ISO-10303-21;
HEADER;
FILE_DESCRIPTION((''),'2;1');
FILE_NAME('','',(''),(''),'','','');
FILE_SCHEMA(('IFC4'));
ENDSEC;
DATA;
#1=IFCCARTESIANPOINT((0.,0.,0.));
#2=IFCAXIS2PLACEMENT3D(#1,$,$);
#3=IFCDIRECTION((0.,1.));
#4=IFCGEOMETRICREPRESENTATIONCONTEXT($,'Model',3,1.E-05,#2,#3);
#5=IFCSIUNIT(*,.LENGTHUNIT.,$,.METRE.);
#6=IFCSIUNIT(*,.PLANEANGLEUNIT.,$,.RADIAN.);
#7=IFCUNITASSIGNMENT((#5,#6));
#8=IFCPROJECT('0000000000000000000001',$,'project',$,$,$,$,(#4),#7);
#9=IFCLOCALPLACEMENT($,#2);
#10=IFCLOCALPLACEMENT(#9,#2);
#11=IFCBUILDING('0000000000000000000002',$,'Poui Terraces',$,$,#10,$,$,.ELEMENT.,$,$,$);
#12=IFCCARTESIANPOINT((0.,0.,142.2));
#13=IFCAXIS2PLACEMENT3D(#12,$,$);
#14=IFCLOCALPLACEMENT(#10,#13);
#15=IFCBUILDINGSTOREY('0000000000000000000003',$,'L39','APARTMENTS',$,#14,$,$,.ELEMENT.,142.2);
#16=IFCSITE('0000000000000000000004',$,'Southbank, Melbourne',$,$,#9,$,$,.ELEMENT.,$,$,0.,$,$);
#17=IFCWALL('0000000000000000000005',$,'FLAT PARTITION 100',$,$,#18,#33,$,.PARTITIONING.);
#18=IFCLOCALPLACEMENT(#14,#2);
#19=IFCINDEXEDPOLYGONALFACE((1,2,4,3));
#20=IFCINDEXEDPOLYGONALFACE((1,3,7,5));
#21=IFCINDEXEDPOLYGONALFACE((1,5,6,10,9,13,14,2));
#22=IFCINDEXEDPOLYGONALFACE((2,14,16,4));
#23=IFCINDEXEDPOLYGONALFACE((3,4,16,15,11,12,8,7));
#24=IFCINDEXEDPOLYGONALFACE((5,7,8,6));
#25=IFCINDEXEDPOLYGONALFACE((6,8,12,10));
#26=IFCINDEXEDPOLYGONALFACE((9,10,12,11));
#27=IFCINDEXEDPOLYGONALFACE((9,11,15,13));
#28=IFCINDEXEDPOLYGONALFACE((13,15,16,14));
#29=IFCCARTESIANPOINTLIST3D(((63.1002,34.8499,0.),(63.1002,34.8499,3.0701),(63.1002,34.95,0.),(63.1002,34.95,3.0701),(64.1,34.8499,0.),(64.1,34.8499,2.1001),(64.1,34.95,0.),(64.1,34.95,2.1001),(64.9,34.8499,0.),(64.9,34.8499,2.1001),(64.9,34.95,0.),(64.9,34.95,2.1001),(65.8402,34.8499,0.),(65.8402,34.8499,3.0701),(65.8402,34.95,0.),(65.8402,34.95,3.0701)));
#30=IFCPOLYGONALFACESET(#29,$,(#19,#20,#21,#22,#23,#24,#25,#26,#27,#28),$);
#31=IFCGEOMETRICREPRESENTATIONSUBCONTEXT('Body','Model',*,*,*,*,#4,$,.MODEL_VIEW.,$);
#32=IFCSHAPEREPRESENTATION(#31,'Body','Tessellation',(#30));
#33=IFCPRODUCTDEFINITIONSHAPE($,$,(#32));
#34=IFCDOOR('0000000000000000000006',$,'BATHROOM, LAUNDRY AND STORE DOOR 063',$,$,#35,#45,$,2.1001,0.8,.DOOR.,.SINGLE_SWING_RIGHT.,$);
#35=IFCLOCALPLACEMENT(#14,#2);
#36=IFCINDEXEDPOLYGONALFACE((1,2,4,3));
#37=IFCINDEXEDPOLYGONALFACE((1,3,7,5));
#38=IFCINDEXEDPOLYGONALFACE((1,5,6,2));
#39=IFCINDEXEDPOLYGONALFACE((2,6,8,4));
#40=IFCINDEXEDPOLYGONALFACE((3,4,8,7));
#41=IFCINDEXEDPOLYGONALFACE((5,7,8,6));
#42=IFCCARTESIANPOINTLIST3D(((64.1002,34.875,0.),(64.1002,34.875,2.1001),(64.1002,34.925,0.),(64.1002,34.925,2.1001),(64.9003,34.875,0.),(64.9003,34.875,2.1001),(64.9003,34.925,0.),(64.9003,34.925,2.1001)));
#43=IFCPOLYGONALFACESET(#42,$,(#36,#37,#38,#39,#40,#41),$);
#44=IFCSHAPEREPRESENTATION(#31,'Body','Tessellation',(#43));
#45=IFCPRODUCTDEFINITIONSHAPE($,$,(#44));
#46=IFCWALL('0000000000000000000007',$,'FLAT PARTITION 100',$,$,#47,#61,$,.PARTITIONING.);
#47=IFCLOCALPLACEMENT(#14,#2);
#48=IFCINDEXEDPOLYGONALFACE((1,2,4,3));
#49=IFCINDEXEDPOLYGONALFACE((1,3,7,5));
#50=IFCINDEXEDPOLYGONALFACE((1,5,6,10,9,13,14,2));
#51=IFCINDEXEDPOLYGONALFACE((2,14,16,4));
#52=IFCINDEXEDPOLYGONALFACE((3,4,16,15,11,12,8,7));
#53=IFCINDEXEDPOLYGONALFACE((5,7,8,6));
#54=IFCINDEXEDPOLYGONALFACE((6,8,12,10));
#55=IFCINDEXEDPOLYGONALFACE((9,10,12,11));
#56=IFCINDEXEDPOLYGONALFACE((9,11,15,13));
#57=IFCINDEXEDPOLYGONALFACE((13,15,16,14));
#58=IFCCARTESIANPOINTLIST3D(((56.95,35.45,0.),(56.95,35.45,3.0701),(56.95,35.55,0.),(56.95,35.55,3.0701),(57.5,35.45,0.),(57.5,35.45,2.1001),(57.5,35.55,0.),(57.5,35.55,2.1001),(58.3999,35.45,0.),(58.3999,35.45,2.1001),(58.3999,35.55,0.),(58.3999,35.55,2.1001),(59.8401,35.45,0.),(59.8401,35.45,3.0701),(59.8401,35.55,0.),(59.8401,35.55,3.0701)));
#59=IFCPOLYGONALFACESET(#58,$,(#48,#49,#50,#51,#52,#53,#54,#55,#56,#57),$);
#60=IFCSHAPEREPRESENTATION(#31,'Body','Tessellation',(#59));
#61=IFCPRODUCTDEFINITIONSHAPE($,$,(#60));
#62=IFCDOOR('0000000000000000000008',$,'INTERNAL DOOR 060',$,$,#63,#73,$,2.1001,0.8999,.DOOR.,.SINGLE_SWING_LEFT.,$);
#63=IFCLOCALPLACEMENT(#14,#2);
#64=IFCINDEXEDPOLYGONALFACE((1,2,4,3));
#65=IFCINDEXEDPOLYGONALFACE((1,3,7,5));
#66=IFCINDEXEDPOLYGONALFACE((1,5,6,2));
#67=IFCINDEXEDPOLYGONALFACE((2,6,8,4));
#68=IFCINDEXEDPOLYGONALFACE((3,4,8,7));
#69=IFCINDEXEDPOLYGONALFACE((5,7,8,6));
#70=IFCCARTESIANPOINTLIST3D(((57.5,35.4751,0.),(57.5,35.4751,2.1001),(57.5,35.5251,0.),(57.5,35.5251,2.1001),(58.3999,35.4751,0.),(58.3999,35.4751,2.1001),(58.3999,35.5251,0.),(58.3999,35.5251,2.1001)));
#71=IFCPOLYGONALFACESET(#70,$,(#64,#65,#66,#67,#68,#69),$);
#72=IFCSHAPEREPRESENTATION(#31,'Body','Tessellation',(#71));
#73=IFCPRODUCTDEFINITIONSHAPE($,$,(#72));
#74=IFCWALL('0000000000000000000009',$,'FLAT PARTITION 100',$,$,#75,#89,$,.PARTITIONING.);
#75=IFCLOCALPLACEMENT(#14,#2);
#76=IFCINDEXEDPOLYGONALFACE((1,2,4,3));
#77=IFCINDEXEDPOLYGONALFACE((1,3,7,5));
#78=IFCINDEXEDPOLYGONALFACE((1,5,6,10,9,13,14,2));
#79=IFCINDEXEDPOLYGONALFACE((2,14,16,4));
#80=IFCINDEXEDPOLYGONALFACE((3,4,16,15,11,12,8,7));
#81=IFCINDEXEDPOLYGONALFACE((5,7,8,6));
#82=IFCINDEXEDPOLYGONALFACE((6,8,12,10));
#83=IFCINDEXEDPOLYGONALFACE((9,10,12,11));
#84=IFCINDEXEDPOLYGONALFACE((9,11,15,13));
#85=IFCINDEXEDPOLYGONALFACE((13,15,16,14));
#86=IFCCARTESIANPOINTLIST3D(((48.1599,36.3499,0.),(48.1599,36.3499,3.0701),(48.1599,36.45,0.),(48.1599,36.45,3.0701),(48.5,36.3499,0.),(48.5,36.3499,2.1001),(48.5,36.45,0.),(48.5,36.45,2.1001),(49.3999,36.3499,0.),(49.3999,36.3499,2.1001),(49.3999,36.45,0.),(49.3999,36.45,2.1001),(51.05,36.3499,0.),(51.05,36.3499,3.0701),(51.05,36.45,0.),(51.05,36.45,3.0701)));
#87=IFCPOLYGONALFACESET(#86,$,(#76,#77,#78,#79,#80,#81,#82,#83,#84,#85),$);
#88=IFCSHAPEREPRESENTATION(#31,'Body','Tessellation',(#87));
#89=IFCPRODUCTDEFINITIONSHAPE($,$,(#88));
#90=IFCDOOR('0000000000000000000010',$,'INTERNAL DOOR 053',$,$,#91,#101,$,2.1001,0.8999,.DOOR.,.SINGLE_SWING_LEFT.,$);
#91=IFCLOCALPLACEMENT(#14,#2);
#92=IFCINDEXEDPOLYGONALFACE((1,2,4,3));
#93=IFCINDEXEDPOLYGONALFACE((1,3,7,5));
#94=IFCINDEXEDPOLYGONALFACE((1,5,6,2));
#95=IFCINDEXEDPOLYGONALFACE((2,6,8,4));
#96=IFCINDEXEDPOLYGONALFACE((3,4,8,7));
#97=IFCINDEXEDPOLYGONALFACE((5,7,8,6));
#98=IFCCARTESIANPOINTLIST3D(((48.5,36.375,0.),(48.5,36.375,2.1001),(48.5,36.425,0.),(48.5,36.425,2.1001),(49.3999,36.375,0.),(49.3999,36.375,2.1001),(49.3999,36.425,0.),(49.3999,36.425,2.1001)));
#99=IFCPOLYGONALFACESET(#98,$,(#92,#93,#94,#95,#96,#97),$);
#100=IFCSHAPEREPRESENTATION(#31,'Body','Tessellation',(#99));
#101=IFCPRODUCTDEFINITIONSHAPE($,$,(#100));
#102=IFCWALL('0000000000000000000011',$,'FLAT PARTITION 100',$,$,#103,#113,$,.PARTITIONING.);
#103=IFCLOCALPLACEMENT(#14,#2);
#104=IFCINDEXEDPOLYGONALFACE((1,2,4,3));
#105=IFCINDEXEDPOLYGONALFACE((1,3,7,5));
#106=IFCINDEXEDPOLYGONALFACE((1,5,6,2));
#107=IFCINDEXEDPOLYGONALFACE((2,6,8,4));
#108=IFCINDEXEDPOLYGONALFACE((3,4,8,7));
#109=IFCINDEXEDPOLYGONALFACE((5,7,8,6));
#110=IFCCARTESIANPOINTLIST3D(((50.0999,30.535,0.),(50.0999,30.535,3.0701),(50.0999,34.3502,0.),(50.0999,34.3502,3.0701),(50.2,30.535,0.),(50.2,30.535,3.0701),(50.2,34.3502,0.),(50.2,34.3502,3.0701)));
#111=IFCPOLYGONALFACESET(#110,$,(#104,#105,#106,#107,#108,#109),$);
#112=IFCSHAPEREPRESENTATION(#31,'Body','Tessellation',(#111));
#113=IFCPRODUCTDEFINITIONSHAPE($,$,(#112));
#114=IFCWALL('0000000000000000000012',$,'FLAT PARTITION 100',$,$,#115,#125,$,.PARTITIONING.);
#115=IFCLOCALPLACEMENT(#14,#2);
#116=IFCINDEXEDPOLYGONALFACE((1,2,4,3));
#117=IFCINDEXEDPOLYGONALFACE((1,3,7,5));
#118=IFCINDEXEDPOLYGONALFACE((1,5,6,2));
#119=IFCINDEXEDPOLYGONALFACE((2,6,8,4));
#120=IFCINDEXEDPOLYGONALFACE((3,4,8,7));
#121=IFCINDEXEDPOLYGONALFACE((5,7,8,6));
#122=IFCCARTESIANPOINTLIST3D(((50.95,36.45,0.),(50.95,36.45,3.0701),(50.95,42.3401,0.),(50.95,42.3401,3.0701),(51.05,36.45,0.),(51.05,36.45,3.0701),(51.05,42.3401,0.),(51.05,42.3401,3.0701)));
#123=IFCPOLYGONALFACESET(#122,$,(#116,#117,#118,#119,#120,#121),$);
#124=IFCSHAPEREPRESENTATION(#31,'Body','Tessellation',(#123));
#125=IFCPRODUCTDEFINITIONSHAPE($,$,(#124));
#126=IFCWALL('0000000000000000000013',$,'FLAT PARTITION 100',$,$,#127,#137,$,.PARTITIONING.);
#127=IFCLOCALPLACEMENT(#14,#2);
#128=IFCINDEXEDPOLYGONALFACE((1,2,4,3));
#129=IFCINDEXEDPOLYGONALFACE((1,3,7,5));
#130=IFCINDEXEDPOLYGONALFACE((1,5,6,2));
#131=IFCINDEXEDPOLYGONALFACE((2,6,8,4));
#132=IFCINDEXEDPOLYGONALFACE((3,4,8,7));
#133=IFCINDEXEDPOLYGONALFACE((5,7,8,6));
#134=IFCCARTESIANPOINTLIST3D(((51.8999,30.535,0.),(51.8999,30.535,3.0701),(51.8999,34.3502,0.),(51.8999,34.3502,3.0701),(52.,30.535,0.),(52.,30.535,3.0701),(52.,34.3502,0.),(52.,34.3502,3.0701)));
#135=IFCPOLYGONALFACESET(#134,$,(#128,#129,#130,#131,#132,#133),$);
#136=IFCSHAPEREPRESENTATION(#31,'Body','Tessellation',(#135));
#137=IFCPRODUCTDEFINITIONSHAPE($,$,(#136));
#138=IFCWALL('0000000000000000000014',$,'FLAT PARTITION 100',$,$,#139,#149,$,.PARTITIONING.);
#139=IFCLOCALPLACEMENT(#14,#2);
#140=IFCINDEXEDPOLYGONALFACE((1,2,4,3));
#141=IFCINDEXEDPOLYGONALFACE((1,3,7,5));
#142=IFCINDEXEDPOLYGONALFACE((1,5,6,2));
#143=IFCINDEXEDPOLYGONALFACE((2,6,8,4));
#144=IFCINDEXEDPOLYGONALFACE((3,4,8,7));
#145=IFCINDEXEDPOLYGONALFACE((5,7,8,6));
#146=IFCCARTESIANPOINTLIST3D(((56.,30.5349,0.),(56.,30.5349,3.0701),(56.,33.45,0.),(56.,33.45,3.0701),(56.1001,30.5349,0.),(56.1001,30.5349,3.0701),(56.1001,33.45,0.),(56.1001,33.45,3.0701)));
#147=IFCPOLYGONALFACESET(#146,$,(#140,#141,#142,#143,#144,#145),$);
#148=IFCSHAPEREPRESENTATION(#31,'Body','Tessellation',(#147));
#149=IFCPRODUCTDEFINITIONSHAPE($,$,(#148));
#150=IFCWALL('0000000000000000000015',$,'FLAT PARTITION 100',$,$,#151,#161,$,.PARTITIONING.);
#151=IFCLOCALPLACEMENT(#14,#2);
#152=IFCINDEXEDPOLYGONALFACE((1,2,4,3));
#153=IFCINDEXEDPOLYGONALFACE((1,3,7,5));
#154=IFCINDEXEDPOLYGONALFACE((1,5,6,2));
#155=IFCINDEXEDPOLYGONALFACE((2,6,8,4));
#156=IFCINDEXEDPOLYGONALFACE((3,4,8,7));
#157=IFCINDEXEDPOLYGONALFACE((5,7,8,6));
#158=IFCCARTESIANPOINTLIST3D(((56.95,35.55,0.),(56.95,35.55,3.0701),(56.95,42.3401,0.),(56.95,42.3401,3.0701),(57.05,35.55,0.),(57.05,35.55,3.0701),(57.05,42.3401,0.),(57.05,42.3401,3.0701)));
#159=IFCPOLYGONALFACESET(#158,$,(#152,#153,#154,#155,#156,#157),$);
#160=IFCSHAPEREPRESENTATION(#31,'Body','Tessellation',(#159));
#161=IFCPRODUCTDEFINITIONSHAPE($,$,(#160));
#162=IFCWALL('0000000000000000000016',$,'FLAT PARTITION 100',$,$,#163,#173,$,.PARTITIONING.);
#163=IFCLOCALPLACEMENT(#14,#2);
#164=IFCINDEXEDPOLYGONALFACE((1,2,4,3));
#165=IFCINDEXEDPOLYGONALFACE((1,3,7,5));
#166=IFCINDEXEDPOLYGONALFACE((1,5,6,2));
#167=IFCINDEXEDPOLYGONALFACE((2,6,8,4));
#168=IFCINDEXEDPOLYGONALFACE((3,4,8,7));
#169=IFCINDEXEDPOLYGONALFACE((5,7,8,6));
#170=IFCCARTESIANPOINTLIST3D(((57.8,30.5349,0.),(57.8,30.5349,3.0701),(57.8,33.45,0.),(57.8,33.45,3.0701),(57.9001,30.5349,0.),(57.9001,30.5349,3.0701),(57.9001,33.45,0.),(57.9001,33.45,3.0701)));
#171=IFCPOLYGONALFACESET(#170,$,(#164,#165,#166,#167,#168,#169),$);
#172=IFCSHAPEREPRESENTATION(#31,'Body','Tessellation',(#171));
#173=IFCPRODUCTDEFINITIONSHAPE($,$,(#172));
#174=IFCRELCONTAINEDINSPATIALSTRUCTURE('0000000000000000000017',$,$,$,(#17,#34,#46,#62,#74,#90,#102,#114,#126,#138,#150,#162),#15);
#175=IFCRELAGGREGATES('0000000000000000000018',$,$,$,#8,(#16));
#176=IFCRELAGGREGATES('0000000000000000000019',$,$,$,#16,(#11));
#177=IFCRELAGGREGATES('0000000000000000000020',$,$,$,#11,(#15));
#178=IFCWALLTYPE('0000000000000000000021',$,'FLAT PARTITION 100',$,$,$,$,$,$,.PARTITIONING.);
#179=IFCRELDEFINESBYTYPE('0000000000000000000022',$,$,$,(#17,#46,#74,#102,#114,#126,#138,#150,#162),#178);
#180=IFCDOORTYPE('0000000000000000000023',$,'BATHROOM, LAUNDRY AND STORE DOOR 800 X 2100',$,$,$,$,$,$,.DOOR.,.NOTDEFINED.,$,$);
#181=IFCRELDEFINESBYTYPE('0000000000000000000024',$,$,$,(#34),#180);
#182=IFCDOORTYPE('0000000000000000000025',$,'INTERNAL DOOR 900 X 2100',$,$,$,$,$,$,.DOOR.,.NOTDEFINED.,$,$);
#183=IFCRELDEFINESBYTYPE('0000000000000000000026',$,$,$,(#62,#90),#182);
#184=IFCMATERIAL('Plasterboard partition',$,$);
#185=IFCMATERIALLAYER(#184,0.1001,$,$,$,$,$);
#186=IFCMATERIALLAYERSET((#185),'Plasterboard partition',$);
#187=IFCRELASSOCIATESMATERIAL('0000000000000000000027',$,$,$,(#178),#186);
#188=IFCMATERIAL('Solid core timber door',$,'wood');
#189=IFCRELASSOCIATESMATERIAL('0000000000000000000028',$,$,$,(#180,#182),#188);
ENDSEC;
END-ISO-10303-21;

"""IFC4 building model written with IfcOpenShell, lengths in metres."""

from ifc_helpers import new_model, si_unit, direction, frame, frame_2d, origin, place, context, subcontext, project, spatial, rectangle, extrude, material, layer, layer_set, type_object, element, fill, save


model = new_model("IFC4")

# Units and contexts
model_context = context("Model", 3, precision=1e-05, world=origin(), true_north=direction((0.0, 1.0)))
body_context = subcontext(model_context, "Body", "Model", "MODEL_VIEW")
ifc_project = project(units=[si_unit("LENGTHUNIT", "METRE"), si_unit("PLANEANGLEUNIT", "RADIAN")], contexts=[model_context])

# Site, building, storey
site_placement = place(None, origin())
site = spatial("IfcSite", under=ifc_project, at=site_placement, Name="Southbank, Melbourne", CompositionType="ELEMENT", RefElevation=0.0)
building_placement = place(site_placement, origin())
building = spatial("IfcBuilding", under=site, at=building_placement, Name="Poui Terraces", CompositionType="ELEMENT")
storey_placement = place(building_placement, frame((0.0, 0.0, 142.2)))
storey = spatial("IfcBuildingStorey", under=building, at=storey_placement, Name="L39", Description="APARTMENTS", CompositionType="ELEMENT", Elevation=142.2)

# Walls, openings, doors
ifc_material_1 = material(Name="Plasterboard partition")
ifc_layer_1 = layer(ifc_material_1, 0.1001)
ifc_layer_set_1 = layer_set([ifc_layer_1], Name="Plasterboard partition")
wall_type_1 = type_object("IfcWallType", Name="FLAT PARTITION 100", PredefinedType="PARTITIONING", material=ifc_layer_set_1)
ifc_material_2 = material(Name="Solid core timber door", Category="wood")
door_type_1 = type_object("IfcDoorType", Name="BATHROOM, LAUNDRY AND STORE DOOR 800 X 2100", OperationType="NOTDEFINED", PredefinedType="DOOR", material=ifc_material_2)
door_type_2 = type_object("IfcDoorType", Name="INTERNAL DOOR 900 X 2100", OperationType="NOTDEFINED", PredefinedType="DOOR", material=ifc_material_2)
wall_1_placement = place(storey_placement, frame((63.1001, 34.8999, 0.0), z_axis=(0.0, 0.0, 1.0), x_axis=(1.0, 0.0, 0.0)))
wall_1 = element("IfcWall", 1, at=wall_1_placement, inside=storey, type_object=wall_type_1, Name="FLAT PARTITION 100", PredefinedType="PARTITIONING", context=body_context, shape_type="SweptSolid", body=[
    extrude(rectangle(XDim=2.74, YDim=0.1001, at=frame_2d((1.3701, 0.0))), origin(), (0.0, 0.0, 1.0), 3.0701),
])
opening_1_placement = place(wall_1_placement, frame((1.0, 0.0, 0.0)))
opening_1 = element("IfcOpeningElement", 2, at=opening_1_placement, cuts=wall_1, PredefinedType="OPENING", context=body_context, shape_type="SweptSolid", body=[
    extrude(rectangle(XDim=0.8, YDim=2.1001, at=frame_2d((0.3999, 1.05))), frame((0.0, 0.0601, 0.0), z_axis=(0.0, -1.0, 0.0), x_axis=(1.0, 0.0, 0.0)), (0.0, 0.0, 1.0), 0.1201),
])
door_1_placement = place(opening_1_placement, frame((0.8, 0.0, 0.0), z_axis=(0.0, 0.0, 1.0), x_axis=(-1.0, 0.0, 0.0)))
door_1 = element("IfcDoor", 3, at=door_1_placement, inside=storey, type_object=door_type_1, Name="BATHROOM, LAUNDRY AND STORE DOOR 063", OperationType="SINGLE_SWING_RIGHT", OverallHeight=2.1001, OverallWidth=0.8, PredefinedType="DOOR", context=body_context, shape_type="SweptSolid", body=[
    extrude(rectangle(XDim=0.8, YDim=2.1001, at=frame_2d((0.3999, 1.05))), frame((0.0, 0.0249, 0.0), z_axis=(0.0, -1.0, 0.0), x_axis=(1.0, 0.0, 0.0)), (0.0, 0.0, 1.0), 0.05),
])
fill(opening_1, door_1)
wall_2_placement = place(storey_placement, frame((56.95, 35.5, 0.0), z_axis=(0.0, 0.0, 1.0), x_axis=(1.0, 0.0, 0.0)))
wall_2 = element("IfcWall", 4, at=wall_2_placement, inside=storey, type_object=wall_type_1, Name="FLAT PARTITION 100", PredefinedType="PARTITIONING", context=body_context, shape_type="SweptSolid", body=[
    extrude(rectangle(XDim=2.8901, YDim=0.1001, at=frame_2d((1.4451, 0.0))), origin(), (0.0, 0.0, 1.0), 3.0701),
])
opening_2_placement = place(wall_2_placement, frame((0.55, 0.0, 0.0)))
opening_2 = element("IfcOpeningElement", 5, at=opening_2_placement, cuts=wall_2, PredefinedType="OPENING", context=body_context, shape_type="SweptSolid", body=[
    extrude(rectangle(XDim=0.8999, YDim=2.1001, at=frame_2d((0.45, 1.05))), frame((0.0, 0.0601, 0.0), z_axis=(0.0, -1.0, 0.0), x_axis=(1.0, 0.0, 0.0)), (0.0, 0.0, 1.0), 0.1201),
])
door_2_placement = place(opening_2_placement, frame((0.8999, 0.0, 0.0), z_axis=(0.0, 0.0, 1.0), x_axis=(-1.0, 0.0, 0.0)))
door_2 = element("IfcDoor", 6, at=door_2_placement, inside=storey, type_object=door_type_2, Name="INTERNAL DOOR 060", OperationType="SINGLE_SWING_LEFT", OverallHeight=2.1001, OverallWidth=0.8999, PredefinedType="DOOR", context=body_context, shape_type="SweptSolid", body=[
    extrude(rectangle(XDim=0.8999, YDim=2.1001, at=frame_2d((0.45, 1.05))), frame((0.0, 0.0249, 0.0), z_axis=(0.0, -1.0, 0.0), x_axis=(1.0, 0.0, 0.0)), (0.0, 0.0, 1.0), 0.05),
])
fill(opening_2, door_2)
wall_3_placement = place(storey_placement, frame((48.1599, 36.3999, 0.0), z_axis=(0.0, 0.0, 1.0), x_axis=(1.0, 0.0, 0.0)))
wall_3 = element("IfcWall", 7, at=wall_3_placement, inside=storey, type_object=wall_type_1, Name="FLAT PARTITION 100", PredefinedType="PARTITIONING", context=body_context, shape_type="SweptSolid", body=[
    extrude(rectangle(XDim=2.8901, YDim=0.1001, at=frame_2d((1.4451, 0.0))), origin(), (0.0, 0.0, 1.0), 3.0701),
])
opening_3_placement = place(wall_3_placement, frame((0.3401, 0.0, 0.0)))
opening_3 = element("IfcOpeningElement", 8, at=opening_3_placement, cuts=wall_3, PredefinedType="OPENING", context=body_context, shape_type="SweptSolid", body=[
    extrude(rectangle(XDim=0.8999, YDim=2.1001, at=frame_2d((0.45, 1.05))), frame((0.0, 0.0601, 0.0), z_axis=(0.0, -1.0, 0.0), x_axis=(1.0, 0.0, 0.0)), (0.0, 0.0, 1.0), 0.1201),
])
door_3_placement = place(opening_3_placement, frame((0.8999, 0.0, 0.0), z_axis=(0.0, 0.0, 1.0), x_axis=(-1.0, 0.0, 0.0)))
door_3 = element("IfcDoor", 9, at=door_3_placement, inside=storey, type_object=door_type_2, Name="INTERNAL DOOR 053", OperationType="SINGLE_SWING_LEFT", OverallHeight=2.1001, OverallWidth=0.8999, PredefinedType="DOOR", context=body_context, shape_type="SweptSolid", body=[
    extrude(rectangle(XDim=0.8999, YDim=2.1001, at=frame_2d((0.45, 1.05))), frame((0.0, 0.0249, 0.0), z_axis=(0.0, -1.0, 0.0), x_axis=(1.0, 0.0, 0.0)), (0.0, 0.0, 1.0), 0.05),
])
fill(opening_3, door_3)

# Walls
wall_4_placement = place(storey_placement, frame((50.1499, 30.5349, 0.0), z_axis=(0.0, 0.0, 1.0), x_axis=(0.0, 1.0, 0.0)))
element("IfcWall", 10, at=wall_4_placement, inside=storey, type_object=wall_type_1, Name="FLAT PARTITION 100", PredefinedType="PARTITIONING", context=body_context, shape_type="SweptSolid", body=[
    extrude(rectangle(XDim=3.8152, YDim=0.1001, at=frame_2d((1.9077, 0.0))), origin(), (0.0, 0.0, 1.0), 3.0701),
])
wall_5_placement = place(storey_placement, frame((51.0, 36.45, 0.0), z_axis=(0.0, 0.0, 1.0), x_axis=(0.0, 1.0, 0.0)))
element("IfcWall", 11, at=wall_5_placement, inside=storey, type_object=wall_type_1, Name="FLAT PARTITION 100", PredefinedType="PARTITIONING", context=body_context, shape_type="SweptSolid", body=[
    extrude(rectangle(XDim=5.8901, YDim=0.1001, at=frame_2d((2.9451, 0.0))), origin(), (0.0, 0.0, 1.0), 3.0701),
])
wall_6_placement = place(storey_placement, frame((51.95, 30.5349, 0.0), z_axis=(0.0, 0.0, 1.0), x_axis=(0.0, 1.0, 0.0)))
element("IfcWall", 12, at=wall_6_placement, inside=storey, type_object=wall_type_1, Name="FLAT PARTITION 100", PredefinedType="PARTITIONING", context=body_context, shape_type="SweptSolid", body=[
    extrude(rectangle(XDim=3.8152, YDim=0.1001, at=frame_2d((1.9077, 0.0))), origin(), (0.0, 0.0, 1.0), 3.0701),
])
wall_7_placement = place(storey_placement, frame((56.05, 30.5349, 0.0), z_axis=(0.0, 0.0, 1.0), x_axis=(0.0, 1.0, 0.0)))
element("IfcWall", 13, at=wall_7_placement, inside=storey, type_object=wall_type_1, Name="FLAT PARTITION 100", PredefinedType="PARTITIONING", context=body_context, shape_type="SweptSolid", body=[
    extrude(rectangle(XDim=2.915, YDim=0.1001, at=frame_2d((1.4575, 0.0))), origin(), (0.0, 0.0, 1.0), 3.0701),
])
wall_8_placement = place(storey_placement, frame((57.0, 35.55, 0.0), z_axis=(0.0, 0.0, 1.0), x_axis=(0.0, 1.0, 0.0)))
element("IfcWall", 14, at=wall_8_placement, inside=storey, type_object=wall_type_1, Name="FLAT PARTITION 100", PredefinedType="PARTITIONING", context=body_context, shape_type="SweptSolid", body=[
    extrude(rectangle(XDim=6.79, YDim=0.1001, at=frame_2d((3.395, 0.0))), origin(), (0.0, 0.0, 1.0), 3.0701),
])
wall_9_placement = place(storey_placement, frame((57.8501, 30.5349, 0.0), z_axis=(0.0, 0.0, 1.0), x_axis=(0.0, 1.0, 0.0)))
element("IfcWall", 15, at=wall_9_placement, inside=storey, type_object=wall_type_1, Name="FLAT PARTITION 100", PredefinedType="PARTITIONING", context=body_context, shape_type="SweptSolid", body=[
    extrude(rectangle(XDim=2.915, YDim=0.1001, at=frame_2d((1.4575, 0.0))), origin(), (0.0, 0.0, 1.0), 3.0701),
])

save(model, "model.ifc")
